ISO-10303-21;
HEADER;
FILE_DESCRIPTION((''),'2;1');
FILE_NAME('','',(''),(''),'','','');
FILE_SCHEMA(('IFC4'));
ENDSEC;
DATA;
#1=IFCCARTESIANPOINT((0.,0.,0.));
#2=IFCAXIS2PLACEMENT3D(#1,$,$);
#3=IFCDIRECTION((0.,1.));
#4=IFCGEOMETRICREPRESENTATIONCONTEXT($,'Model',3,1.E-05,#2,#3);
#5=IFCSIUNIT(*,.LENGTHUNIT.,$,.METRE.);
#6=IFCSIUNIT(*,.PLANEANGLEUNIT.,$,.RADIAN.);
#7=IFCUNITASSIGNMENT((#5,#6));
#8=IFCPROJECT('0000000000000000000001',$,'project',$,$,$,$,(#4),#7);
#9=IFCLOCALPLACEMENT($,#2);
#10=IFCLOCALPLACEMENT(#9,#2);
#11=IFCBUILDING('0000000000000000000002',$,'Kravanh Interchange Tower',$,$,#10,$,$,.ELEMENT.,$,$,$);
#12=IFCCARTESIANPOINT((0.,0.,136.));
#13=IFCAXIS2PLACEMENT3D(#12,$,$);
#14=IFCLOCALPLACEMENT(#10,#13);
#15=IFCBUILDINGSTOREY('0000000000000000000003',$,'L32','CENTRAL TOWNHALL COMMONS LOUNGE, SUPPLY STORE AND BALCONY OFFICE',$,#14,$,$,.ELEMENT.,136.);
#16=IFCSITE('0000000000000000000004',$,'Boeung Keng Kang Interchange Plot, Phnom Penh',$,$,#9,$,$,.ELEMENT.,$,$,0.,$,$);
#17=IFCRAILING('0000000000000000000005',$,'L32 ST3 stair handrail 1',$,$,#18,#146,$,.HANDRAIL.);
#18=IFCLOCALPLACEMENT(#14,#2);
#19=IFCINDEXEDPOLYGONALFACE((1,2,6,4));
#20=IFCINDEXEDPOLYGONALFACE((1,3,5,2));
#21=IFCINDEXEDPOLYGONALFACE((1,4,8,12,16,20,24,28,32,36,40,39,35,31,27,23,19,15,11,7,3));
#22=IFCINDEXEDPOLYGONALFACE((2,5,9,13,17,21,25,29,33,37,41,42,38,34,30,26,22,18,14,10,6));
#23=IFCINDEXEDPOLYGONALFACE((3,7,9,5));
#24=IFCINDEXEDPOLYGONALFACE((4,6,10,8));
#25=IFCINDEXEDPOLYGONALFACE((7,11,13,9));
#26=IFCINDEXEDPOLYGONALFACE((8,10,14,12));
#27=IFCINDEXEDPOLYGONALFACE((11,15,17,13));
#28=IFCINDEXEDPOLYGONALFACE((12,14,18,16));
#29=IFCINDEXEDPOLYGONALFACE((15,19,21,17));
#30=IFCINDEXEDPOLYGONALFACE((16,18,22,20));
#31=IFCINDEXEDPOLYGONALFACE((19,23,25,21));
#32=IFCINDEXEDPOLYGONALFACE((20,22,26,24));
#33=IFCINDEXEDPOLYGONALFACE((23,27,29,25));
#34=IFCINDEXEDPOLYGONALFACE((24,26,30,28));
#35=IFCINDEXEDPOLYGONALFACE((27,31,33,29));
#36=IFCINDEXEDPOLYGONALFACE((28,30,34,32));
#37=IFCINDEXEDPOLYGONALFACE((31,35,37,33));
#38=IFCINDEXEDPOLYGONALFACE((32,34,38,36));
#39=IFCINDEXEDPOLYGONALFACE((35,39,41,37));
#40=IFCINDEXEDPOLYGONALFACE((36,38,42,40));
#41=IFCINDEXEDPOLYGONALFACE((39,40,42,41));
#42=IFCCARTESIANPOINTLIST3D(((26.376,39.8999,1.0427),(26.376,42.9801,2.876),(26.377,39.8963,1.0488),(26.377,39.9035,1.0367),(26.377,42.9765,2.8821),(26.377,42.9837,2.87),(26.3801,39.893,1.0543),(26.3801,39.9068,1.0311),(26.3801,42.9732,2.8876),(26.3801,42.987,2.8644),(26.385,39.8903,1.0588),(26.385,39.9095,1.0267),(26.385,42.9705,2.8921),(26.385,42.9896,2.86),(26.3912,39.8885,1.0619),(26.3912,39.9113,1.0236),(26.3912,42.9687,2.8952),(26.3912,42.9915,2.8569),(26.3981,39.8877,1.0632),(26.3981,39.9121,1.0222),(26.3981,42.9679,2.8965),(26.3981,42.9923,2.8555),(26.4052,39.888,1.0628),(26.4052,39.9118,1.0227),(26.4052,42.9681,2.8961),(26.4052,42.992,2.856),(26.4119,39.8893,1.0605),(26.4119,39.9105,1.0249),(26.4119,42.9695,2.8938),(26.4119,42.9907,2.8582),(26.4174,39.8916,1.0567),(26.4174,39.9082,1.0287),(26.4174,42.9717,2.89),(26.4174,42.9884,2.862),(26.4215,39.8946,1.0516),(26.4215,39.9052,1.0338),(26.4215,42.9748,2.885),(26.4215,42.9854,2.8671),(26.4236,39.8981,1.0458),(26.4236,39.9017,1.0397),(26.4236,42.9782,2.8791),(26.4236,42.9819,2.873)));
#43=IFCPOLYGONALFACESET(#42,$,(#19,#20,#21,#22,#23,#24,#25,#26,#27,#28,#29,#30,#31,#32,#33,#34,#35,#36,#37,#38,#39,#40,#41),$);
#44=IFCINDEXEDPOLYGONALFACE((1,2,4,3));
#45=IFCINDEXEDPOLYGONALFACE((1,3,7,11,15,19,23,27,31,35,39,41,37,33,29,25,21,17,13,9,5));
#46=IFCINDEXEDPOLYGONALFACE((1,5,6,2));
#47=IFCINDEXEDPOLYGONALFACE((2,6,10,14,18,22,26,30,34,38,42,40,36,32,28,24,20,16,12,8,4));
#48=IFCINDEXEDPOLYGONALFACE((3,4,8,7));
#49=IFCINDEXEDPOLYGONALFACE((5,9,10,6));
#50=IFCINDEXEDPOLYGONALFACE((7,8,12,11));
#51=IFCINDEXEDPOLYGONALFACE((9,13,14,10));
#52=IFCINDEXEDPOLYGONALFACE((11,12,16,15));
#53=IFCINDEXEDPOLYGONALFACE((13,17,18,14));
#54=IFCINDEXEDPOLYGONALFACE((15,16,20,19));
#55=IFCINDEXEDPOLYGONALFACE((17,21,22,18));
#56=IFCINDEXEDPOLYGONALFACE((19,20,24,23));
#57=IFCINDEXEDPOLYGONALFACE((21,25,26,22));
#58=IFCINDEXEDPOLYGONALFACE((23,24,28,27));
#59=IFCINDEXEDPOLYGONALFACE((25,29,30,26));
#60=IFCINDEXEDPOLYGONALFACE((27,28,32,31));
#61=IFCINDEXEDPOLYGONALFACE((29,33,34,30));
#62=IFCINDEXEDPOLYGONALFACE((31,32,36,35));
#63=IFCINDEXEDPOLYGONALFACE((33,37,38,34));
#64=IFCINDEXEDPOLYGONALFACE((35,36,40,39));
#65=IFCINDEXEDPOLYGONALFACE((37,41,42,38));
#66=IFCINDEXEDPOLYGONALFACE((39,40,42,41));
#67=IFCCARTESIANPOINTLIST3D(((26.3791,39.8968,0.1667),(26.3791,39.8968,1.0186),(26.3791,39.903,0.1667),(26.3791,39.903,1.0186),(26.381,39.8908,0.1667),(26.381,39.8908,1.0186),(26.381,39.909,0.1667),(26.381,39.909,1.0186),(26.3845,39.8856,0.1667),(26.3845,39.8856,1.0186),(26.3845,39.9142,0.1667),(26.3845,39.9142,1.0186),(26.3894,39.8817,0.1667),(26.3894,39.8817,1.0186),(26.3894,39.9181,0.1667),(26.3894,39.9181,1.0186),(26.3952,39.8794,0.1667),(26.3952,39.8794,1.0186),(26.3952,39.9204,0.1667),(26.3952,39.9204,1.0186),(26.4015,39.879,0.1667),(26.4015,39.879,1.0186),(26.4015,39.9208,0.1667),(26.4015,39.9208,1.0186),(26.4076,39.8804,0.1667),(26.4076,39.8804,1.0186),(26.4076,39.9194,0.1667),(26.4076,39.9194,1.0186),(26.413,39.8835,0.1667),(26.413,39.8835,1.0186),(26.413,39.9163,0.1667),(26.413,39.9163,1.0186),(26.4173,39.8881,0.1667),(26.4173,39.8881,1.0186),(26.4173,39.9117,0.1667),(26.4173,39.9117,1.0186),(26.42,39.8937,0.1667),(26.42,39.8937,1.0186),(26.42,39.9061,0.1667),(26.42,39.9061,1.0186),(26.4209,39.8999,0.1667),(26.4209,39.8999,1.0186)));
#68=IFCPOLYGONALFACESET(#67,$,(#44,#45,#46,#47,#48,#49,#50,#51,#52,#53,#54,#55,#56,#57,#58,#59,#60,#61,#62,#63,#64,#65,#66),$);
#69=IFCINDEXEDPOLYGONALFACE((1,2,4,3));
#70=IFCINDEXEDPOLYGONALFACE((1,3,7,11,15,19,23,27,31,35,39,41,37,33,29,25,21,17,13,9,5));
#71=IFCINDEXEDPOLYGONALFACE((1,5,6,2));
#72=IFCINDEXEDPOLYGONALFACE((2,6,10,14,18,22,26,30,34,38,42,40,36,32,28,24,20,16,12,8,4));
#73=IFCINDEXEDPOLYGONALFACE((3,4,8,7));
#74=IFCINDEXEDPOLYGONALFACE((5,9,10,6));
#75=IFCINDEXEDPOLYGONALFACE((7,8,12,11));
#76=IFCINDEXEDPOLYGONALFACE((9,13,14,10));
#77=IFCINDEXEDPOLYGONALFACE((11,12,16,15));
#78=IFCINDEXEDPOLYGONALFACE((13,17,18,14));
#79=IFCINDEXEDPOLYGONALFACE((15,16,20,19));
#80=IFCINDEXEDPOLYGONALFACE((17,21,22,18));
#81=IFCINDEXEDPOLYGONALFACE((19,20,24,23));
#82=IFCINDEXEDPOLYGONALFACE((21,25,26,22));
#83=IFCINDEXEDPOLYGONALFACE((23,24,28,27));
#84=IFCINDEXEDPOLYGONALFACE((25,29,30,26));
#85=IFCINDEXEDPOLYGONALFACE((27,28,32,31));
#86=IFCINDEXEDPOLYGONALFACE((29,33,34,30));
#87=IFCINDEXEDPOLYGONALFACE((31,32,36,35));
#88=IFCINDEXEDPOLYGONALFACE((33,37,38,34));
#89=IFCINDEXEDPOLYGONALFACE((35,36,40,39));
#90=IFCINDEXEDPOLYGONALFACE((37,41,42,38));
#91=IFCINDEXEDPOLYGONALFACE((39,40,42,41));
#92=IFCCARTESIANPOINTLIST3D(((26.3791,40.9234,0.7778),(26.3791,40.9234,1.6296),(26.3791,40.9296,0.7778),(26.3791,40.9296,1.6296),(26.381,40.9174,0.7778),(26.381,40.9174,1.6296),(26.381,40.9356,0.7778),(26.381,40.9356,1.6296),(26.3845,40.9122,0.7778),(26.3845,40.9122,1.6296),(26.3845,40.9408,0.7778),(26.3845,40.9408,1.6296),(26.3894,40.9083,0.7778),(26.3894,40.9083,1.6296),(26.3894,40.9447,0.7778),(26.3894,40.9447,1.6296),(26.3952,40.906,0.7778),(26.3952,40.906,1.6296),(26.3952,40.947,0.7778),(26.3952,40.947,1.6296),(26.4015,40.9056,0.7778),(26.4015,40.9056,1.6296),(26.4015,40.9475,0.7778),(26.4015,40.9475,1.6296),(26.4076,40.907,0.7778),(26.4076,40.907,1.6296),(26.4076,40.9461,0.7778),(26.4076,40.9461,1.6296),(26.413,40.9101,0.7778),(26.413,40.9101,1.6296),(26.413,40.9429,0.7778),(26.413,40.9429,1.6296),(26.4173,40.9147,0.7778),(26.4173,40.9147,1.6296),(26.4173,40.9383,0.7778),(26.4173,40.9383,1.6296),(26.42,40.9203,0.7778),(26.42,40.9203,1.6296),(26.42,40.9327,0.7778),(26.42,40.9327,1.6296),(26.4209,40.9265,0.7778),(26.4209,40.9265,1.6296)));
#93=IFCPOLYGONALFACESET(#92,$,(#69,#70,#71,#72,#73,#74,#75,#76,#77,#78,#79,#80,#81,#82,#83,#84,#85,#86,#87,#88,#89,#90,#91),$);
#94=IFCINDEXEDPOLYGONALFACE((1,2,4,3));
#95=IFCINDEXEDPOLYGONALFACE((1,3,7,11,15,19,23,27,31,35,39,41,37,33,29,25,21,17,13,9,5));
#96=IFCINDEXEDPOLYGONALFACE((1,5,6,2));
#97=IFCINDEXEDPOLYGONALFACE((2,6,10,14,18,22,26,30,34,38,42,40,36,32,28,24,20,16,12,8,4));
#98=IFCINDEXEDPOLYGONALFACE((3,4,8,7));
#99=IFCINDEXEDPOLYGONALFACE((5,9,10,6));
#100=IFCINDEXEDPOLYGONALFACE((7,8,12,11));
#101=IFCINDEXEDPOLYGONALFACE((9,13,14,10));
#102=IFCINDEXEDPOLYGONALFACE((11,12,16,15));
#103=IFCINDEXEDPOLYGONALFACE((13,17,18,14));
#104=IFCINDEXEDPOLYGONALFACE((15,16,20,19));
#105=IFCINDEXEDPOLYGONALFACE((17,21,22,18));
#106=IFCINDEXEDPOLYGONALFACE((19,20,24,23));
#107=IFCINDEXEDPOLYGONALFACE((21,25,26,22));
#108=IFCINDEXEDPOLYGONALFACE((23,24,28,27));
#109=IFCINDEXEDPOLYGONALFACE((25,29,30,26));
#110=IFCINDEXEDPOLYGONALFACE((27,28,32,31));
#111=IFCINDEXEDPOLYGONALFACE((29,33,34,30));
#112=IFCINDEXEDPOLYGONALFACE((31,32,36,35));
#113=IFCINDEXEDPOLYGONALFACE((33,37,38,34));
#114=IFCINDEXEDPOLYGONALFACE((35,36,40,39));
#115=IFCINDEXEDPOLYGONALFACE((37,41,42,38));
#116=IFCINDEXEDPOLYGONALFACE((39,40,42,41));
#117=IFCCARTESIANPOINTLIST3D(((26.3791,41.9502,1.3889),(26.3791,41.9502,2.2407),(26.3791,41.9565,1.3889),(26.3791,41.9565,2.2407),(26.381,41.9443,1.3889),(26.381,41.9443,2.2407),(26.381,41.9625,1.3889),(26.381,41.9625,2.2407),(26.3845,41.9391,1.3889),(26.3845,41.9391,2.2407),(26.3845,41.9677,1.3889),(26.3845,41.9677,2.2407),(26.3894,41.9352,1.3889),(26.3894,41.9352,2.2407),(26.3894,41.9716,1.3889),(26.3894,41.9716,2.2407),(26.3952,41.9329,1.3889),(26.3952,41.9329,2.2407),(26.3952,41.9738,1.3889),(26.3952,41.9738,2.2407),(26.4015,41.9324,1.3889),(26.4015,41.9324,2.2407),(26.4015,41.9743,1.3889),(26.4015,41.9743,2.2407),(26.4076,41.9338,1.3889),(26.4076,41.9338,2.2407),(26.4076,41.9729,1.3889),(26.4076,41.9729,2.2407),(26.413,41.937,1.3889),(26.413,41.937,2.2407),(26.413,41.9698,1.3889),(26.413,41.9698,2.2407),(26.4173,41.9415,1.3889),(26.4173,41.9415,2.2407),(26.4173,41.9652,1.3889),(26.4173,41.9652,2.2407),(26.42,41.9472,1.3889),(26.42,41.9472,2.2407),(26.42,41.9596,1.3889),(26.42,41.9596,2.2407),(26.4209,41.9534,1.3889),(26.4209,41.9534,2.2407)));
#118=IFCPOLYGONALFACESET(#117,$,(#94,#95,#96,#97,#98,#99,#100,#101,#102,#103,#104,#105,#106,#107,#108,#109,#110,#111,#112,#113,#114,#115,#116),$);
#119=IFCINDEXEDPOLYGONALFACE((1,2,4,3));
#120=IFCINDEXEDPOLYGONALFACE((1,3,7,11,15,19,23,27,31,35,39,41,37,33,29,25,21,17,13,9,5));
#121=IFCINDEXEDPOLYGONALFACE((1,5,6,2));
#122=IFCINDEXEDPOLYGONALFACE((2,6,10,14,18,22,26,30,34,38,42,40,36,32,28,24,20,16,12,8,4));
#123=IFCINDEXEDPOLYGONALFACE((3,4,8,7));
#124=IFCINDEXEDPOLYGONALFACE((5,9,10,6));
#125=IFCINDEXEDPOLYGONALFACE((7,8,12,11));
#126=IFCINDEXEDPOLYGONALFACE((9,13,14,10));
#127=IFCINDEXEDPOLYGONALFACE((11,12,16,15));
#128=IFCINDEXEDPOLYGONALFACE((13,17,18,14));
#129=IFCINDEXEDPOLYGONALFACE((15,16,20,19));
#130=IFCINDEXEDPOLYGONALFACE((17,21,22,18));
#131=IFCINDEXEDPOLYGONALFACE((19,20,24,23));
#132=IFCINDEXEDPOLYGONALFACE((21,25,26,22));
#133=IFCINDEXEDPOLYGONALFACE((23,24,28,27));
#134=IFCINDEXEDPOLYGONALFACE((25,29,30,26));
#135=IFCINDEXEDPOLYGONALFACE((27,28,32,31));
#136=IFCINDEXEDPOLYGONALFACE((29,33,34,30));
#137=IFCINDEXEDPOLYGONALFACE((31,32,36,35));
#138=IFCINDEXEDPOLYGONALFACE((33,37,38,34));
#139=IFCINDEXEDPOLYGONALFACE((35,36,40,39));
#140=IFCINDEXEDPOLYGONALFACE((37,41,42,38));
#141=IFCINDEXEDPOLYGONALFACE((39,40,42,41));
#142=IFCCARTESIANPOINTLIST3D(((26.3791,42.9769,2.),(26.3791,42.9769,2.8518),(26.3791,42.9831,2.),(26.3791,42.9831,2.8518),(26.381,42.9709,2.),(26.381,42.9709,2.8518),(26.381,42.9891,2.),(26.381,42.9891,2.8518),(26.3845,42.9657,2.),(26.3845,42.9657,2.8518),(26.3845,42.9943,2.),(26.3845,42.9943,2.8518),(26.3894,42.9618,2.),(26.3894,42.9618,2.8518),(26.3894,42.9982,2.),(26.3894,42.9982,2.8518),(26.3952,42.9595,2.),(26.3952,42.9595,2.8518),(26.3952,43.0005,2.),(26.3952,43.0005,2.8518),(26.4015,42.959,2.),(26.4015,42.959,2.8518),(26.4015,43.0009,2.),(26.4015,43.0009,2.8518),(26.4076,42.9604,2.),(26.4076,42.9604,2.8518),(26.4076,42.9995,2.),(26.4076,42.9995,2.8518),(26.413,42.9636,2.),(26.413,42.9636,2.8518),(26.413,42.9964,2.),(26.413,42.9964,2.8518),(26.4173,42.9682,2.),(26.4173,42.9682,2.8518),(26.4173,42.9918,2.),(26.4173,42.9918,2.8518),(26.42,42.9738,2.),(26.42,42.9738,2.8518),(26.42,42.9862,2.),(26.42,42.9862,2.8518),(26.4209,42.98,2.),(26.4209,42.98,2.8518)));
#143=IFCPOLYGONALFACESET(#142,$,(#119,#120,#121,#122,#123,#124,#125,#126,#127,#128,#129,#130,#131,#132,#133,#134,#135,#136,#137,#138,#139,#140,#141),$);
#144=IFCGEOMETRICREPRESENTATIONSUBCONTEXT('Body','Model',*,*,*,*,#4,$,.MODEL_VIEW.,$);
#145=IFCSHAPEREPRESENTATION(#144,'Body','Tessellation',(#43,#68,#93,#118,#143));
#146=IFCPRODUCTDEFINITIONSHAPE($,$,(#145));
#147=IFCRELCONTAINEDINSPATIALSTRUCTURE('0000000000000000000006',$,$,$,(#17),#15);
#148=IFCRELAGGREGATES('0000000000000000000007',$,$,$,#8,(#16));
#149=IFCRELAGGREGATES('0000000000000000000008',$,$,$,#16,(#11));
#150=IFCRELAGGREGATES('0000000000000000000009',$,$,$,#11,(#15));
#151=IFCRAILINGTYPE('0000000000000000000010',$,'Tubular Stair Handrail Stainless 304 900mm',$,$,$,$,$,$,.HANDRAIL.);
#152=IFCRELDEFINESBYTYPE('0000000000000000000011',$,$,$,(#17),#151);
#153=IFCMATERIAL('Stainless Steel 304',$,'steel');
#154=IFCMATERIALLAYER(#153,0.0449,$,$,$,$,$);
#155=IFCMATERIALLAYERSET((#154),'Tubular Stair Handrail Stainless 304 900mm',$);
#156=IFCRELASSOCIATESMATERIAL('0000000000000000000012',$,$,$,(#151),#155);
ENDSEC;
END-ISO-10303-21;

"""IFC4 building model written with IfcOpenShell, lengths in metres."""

from ifc_helpers import new_model, si_unit, direction, frame, origin, origin_2d, place, context, subcontext, project, spatial, circle, extrude, material, layer, layer_set, type_object, element, save


model = new_model("IFC4")

# Units and contexts
model_context = context("Model", 3, precision=1e-05, world=origin(), true_north=direction((0.0, 1.0)))
body_context = subcontext(model_context, "Body", "Model", "MODEL_VIEW")
ifc_project = project(units=[si_unit("LENGTHUNIT", "METRE"), si_unit("PLANEANGLEUNIT", "RADIAN")], contexts=[model_context])

# Site, building, storey
site_placement = place(None, origin())
site = spatial("IfcSite", under=ifc_project, at=site_placement, Name="Boeung Keng Kang Interchange Plot, Phnom Penh", CompositionType="ELEMENT", RefElevation=0.0)
building_placement = place(site_placement, origin())
building = spatial("IfcBuilding", under=site, at=building_placement, Name="Kravanh Interchange Tower", CompositionType="ELEMENT")
storey_placement = place(building_placement, frame((0.0, 0.0, 136.0)))
storey = spatial("IfcBuildingStorey", under=building, at=storey_placement, Name="L32", Description="CENTRAL TOWNHALL COMMONS LOUNGE, SUPPLY STORE AND BALCONY OFFICE", CompositionType="ELEMENT", Elevation=136.0)

# Railing
ifc_material_1 = material(Name="Stainless Steel 304", Category="steel")
ifc_layer_1 = layer(ifc_material_1, 0.0449)
ifc_layer_set_1 = layer_set([ifc_layer_1], Name="Tubular Stair Handrail Stainless 304 900mm")
railing_type_1 = type_object("IfcRailingType", Name="Tubular Stair Handrail Stainless 304 900mm", PredefinedType="HANDRAIL", material=ifc_layer_set_1)
railing_1_placement = place(storey_placement, frame((26.3999, 39.8999, 0.1667)))
element("IfcRailing", 1, at=railing_1_placement, inside=storey, type_object=railing_type_1, Name="L32 ST3 stair handrail 1", PredefinedType="HANDRAIL", context=body_context, shape_type="SweptSolid", body=[
    extrude(circle(Radius=0.0239, at=origin_2d()), frame((0.0, 0.0, 0.876), z_axis=(0.0, 0.859309, 0.511458), x_axis=(-1.0, 0.0, 0.0)), (0.0, 0.0, 1.0), 3.5845),
    extrude(circle(Radius=0.021, at=origin_2d()), origin(), (0.0, 0.0, 1.0), 0.8518),
    extrude(circle(Radius=0.021, at=origin_2d()), frame((0.0, 1.0266, 0.6111)), (0.0, 0.0, 1.0), 0.8518),
    extrude(circle(Radius=0.021, at=origin_2d()), frame((0.0, 2.0535, 1.2222)), (0.0, 0.0, 1.0), 0.8518),
    extrude(circle(Radius=0.021, at=origin_2d()), frame((0.0, 3.0801, 1.8333)), (0.0, 0.0, 1.0), 0.8518),
])

save(model, "model.ifc")
